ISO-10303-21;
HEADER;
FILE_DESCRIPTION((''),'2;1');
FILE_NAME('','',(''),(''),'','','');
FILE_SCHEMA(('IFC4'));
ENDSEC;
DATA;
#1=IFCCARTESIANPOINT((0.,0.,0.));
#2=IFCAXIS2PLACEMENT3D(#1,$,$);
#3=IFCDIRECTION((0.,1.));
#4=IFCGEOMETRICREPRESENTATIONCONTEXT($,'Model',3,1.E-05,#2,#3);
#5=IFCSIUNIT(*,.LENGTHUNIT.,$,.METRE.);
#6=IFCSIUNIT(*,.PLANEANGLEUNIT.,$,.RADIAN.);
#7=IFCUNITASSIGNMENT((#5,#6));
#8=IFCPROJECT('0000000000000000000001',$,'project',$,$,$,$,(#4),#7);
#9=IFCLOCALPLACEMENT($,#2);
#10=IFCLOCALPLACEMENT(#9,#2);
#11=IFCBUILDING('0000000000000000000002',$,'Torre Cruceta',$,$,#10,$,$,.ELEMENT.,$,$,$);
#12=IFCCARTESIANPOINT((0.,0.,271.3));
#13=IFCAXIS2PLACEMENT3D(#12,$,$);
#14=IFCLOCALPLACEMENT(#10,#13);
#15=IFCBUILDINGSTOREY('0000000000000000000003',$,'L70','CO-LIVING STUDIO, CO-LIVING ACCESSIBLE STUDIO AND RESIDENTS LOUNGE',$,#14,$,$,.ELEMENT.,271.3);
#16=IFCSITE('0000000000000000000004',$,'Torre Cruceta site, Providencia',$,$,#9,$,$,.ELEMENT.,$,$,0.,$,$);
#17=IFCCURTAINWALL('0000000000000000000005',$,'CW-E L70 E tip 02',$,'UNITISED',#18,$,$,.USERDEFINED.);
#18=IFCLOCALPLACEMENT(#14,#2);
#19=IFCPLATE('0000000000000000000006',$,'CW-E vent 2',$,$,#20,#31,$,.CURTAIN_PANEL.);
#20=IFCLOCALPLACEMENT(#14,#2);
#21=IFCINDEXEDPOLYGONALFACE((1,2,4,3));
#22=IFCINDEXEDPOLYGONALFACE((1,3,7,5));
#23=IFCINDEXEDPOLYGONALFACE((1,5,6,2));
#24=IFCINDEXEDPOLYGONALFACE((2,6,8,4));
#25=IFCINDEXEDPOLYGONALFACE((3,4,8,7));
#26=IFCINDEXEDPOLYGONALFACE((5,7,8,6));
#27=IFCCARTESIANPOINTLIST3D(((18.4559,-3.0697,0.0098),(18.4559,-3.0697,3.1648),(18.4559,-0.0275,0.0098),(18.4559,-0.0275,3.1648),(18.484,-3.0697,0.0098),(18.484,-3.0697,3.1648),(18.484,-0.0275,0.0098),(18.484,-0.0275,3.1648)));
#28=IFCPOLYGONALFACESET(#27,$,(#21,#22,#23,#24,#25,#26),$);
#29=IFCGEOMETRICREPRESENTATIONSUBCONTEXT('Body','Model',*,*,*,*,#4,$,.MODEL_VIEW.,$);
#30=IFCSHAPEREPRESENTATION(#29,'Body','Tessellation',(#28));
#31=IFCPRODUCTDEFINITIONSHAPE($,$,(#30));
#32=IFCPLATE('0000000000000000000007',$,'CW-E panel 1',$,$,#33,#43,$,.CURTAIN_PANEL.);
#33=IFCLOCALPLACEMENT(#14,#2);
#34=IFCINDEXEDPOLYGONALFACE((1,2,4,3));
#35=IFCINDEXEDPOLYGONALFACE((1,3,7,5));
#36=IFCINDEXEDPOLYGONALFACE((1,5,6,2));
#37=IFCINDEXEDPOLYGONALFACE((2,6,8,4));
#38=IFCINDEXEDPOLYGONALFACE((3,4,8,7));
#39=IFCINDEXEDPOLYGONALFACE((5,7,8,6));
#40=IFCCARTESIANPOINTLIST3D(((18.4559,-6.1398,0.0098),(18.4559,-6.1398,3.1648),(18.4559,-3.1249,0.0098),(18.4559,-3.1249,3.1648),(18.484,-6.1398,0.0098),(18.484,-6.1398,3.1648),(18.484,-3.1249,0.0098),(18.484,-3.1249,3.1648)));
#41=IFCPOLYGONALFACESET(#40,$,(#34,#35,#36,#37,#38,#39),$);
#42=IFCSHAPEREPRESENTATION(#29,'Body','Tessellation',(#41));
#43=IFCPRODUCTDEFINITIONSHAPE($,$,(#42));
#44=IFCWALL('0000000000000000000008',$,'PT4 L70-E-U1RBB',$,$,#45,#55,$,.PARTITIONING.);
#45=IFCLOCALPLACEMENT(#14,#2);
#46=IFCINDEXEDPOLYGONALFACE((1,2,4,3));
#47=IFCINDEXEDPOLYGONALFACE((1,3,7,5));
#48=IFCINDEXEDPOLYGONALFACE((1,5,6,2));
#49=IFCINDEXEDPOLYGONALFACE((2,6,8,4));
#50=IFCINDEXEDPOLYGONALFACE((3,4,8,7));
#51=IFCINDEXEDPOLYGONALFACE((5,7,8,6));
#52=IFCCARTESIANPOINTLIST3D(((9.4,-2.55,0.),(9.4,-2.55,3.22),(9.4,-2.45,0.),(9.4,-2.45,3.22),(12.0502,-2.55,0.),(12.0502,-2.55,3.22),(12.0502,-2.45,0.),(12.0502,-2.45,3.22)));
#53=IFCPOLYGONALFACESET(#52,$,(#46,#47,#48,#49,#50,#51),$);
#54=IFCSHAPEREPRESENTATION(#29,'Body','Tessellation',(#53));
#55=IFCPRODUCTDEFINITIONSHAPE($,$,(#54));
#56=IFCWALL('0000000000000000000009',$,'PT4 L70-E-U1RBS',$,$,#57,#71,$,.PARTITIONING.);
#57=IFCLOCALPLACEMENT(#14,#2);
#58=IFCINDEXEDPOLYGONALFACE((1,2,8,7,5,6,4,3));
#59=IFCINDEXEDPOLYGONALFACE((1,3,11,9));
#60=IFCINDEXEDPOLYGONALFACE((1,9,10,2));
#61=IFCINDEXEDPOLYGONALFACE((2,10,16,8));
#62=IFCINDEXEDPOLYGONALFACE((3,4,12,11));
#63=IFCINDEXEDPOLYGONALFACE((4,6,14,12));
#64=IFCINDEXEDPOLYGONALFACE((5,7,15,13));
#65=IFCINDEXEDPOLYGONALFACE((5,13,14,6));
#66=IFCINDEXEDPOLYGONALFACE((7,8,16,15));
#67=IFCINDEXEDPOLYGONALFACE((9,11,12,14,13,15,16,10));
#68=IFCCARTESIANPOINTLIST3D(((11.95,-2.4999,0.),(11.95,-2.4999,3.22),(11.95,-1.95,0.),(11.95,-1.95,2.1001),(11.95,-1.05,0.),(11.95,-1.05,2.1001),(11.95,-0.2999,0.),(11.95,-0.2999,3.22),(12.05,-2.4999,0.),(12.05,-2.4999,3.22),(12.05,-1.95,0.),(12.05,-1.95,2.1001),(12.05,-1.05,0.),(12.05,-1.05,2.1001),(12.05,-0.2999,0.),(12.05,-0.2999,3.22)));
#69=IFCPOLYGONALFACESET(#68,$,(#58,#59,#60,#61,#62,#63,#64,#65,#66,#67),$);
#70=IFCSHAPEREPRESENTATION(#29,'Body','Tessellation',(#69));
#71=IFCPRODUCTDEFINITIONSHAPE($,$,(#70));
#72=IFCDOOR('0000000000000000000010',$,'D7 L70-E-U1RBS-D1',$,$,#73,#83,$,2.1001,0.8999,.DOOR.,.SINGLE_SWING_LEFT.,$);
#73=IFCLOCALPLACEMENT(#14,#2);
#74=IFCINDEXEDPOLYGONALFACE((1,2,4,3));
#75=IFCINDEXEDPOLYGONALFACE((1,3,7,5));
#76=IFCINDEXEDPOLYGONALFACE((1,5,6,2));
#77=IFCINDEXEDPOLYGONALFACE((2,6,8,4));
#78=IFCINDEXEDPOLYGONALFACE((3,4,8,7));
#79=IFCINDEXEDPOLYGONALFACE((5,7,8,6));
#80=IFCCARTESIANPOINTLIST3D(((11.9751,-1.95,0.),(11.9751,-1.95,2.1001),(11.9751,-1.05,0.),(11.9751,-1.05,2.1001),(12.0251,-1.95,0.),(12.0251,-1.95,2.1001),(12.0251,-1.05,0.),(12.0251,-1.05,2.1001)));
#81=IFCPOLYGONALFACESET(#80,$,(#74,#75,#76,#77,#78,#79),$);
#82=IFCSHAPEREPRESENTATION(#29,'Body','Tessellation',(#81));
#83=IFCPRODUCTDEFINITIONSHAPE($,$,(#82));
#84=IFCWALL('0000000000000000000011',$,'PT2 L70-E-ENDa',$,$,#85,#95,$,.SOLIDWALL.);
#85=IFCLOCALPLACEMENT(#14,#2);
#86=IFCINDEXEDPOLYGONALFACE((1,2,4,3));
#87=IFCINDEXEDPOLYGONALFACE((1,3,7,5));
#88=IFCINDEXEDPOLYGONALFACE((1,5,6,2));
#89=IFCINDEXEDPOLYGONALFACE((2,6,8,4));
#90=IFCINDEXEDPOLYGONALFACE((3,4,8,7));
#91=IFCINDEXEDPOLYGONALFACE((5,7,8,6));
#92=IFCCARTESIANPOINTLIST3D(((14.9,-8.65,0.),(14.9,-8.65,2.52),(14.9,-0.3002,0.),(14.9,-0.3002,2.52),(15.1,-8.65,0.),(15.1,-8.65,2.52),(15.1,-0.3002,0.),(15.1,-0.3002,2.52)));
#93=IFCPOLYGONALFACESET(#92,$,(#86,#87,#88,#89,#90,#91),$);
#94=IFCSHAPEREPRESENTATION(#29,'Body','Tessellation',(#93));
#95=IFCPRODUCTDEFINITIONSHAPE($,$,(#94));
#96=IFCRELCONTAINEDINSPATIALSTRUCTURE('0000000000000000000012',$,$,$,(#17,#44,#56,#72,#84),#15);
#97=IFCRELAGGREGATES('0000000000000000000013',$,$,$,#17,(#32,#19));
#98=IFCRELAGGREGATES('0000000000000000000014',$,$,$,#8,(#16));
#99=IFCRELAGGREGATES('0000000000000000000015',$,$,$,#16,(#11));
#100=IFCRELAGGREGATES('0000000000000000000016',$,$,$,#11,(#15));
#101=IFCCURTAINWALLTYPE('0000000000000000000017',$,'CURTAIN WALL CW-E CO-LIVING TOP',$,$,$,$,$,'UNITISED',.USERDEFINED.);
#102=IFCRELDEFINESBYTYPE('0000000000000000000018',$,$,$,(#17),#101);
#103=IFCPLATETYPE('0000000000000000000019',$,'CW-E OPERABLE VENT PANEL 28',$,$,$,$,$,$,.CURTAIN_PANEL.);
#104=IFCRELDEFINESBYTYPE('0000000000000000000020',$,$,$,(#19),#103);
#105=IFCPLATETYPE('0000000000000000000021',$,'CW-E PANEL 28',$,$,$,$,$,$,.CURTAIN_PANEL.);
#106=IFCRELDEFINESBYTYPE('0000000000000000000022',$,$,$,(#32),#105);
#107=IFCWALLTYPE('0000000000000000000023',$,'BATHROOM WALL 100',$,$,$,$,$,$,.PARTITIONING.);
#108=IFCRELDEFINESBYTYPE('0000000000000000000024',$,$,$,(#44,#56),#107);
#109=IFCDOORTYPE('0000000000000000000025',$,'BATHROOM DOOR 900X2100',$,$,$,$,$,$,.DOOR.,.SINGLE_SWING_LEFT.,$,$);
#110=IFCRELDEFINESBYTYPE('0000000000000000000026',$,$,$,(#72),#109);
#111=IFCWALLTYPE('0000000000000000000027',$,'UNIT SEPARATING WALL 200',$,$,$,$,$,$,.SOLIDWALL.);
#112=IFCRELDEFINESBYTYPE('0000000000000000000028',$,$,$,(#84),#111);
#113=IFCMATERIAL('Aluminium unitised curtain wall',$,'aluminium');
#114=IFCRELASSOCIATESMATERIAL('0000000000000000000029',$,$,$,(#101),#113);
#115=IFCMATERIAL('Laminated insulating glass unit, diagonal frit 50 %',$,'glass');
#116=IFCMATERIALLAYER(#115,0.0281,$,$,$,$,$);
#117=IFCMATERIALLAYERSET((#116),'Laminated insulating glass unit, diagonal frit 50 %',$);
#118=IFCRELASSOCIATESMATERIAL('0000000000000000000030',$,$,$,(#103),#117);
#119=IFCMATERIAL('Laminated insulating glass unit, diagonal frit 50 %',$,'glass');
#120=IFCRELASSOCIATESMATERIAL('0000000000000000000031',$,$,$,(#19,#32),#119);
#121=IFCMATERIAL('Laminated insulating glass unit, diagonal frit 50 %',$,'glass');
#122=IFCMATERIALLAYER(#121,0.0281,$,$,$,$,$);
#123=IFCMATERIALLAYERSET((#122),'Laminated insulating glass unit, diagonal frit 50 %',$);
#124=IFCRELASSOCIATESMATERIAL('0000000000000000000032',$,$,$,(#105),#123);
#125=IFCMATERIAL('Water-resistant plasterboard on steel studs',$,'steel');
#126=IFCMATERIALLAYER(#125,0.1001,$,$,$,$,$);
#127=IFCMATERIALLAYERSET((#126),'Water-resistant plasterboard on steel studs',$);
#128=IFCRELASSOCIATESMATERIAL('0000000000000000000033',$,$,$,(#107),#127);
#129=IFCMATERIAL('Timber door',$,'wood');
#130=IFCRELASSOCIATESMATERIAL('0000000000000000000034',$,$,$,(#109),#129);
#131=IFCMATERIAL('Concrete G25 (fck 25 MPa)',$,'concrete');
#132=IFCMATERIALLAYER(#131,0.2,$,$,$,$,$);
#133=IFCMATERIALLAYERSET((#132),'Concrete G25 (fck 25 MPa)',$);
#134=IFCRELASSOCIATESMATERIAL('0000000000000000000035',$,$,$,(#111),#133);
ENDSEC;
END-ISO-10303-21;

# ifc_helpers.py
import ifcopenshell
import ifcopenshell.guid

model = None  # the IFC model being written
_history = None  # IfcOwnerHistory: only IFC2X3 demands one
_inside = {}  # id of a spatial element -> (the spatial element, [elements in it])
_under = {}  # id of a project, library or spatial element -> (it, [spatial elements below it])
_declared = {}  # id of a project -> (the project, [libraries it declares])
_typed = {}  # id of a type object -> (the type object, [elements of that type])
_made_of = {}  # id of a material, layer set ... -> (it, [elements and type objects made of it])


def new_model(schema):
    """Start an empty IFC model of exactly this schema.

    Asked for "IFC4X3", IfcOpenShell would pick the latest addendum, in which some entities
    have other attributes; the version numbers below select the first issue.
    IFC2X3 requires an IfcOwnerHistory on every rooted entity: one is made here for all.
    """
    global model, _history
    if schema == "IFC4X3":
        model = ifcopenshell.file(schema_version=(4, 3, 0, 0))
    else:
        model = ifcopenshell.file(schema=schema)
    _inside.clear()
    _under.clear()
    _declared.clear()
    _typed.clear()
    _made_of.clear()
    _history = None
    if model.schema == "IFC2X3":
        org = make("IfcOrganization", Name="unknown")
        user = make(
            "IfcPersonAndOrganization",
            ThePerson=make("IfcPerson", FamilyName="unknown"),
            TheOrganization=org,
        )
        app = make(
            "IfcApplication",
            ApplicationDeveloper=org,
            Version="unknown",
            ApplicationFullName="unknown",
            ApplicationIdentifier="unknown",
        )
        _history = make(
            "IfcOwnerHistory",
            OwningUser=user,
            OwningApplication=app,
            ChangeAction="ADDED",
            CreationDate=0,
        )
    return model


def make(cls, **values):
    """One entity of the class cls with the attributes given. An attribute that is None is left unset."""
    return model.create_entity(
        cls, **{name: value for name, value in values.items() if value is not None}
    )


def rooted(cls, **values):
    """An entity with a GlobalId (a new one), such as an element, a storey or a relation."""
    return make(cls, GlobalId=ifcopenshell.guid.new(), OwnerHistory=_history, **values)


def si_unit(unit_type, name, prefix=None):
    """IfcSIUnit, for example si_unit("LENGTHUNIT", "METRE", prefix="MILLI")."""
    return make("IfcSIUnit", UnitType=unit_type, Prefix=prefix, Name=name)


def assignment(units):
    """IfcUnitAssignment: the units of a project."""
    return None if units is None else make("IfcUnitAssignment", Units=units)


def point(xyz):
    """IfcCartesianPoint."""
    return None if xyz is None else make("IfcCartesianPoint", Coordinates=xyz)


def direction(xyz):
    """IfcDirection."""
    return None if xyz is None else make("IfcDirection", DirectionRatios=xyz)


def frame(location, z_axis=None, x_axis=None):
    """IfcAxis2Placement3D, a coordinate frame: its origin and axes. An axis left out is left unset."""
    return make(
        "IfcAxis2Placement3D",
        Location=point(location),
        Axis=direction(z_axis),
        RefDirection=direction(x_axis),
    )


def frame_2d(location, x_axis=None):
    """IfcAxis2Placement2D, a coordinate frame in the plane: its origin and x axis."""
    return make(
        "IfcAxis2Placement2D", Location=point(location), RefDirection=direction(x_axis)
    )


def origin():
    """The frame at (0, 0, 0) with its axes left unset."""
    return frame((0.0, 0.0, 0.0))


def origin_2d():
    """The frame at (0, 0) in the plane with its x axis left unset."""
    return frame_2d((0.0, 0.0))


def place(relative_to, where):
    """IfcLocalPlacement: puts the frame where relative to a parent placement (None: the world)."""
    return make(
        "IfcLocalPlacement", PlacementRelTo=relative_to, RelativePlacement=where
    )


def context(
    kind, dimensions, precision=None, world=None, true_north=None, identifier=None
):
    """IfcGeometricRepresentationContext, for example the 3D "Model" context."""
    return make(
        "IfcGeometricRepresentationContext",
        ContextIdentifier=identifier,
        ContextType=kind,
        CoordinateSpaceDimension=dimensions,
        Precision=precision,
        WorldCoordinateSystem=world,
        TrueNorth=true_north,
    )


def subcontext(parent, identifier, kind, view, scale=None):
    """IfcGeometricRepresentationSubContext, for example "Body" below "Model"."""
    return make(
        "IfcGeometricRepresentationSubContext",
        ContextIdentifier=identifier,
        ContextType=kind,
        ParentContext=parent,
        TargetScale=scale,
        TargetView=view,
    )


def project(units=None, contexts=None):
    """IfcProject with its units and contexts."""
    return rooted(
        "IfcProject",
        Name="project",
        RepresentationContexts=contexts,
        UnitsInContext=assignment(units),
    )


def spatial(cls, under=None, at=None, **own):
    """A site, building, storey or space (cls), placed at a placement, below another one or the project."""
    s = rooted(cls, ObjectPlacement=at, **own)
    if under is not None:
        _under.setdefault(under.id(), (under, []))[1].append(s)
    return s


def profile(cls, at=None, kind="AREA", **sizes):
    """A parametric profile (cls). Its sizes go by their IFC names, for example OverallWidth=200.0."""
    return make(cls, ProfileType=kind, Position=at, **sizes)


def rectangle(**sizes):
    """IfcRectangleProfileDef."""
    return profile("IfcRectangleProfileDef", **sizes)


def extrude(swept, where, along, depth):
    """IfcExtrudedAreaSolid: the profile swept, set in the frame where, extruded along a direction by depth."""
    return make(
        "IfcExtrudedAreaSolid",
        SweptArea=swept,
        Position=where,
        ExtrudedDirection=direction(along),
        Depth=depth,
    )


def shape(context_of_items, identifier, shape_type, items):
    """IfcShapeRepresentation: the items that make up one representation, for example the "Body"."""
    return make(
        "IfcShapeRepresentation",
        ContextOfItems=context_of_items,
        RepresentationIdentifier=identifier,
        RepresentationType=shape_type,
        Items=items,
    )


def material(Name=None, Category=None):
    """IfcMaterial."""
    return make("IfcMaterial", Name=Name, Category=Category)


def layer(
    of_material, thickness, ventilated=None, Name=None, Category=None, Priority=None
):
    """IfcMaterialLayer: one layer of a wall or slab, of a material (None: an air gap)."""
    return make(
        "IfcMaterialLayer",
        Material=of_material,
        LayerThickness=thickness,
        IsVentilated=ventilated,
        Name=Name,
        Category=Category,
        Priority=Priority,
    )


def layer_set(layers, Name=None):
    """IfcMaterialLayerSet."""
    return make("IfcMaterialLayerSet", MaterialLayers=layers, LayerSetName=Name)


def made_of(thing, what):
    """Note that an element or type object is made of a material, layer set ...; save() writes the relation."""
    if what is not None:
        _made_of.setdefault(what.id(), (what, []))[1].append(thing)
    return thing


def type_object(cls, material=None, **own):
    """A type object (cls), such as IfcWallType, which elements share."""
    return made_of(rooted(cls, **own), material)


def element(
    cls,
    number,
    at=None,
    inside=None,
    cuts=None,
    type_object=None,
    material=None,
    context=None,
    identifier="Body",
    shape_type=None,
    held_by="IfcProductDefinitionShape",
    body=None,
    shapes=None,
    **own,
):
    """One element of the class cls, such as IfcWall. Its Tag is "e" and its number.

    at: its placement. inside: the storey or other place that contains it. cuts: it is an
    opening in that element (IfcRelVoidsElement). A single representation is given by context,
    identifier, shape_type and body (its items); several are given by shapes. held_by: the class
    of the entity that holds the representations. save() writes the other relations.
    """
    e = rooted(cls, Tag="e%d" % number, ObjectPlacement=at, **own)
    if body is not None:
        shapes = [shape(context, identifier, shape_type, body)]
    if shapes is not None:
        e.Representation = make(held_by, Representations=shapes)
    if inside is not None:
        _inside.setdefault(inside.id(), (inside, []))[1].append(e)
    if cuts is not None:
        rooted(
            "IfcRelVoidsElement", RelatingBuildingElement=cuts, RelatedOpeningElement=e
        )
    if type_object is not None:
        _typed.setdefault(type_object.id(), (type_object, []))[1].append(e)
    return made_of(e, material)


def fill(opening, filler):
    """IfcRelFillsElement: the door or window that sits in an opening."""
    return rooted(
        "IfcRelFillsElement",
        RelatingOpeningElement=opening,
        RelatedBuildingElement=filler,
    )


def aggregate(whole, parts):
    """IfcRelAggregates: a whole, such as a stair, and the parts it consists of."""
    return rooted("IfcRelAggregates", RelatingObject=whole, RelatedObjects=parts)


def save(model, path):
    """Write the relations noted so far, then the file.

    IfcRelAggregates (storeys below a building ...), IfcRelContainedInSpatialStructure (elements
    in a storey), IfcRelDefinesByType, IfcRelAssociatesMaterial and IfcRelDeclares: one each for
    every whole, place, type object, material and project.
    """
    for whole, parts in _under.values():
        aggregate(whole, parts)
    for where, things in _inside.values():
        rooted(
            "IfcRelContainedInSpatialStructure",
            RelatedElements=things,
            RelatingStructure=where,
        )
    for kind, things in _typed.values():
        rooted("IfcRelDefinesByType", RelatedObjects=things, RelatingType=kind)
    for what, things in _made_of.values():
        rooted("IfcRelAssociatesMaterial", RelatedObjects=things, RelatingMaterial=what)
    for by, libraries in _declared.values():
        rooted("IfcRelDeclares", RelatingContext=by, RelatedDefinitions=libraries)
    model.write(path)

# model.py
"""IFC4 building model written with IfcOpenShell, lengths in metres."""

from ifc_helpers import new_model, si_unit, direction, frame, frame_2d, origin, origin_2d, place, context, subcontext, project, spatial, rectangle, extrude, material, layer, layer_set, type_object, element, fill, aggregate, save


model = new_model("IFC4")

# Units and contexts
model_context = context("Model", 3, precision=1e-05, world=origin(), true_north=direction((0.0, 1.0)))
body_context = subcontext(model_context, "Body", "Model", "MODEL_VIEW")
ifc_project = project(units=[si_unit("LENGTHUNIT", "METRE"), si_unit("PLANEANGLEUNIT", "RADIAN")], contexts=[model_context])

# Site, building, storey
site_placement = place(None, origin())
site = spatial("IfcSite", under=ifc_project, at=site_placement, Name="Torre Cruceta site, Providencia", CompositionType="ELEMENT", RefElevation=0.0)
building_placement = place(site_placement, origin())
building = spatial("IfcBuilding", under=site, at=building_placement, Name="Torre Cruceta", CompositionType="ELEMENT")
storey_placement = place(building_placement, frame((0.0, 0.0, 271.3)))
storey = spatial("IfcBuildingStorey", under=building, at=storey_placement, Name="L70", Description="CO-LIVING STUDIO, CO-LIVING ACCESSIBLE STUDIO AND RESIDENTS LOUNGE", CompositionType="ELEMENT", Elevation=271.3)

# Curtain wall
ifc_material_1 = material(Name="Aluminium unitised curtain wall", Category="aluminium")
curtain_wall_type = type_object("IfcCurtainWallType", Name="CURTAIN WALL CW-E CO-LIVING TOP", ElementType="UNITISED", PredefinedType="USERDEFINED", material=ifc_material_1)
curtain_wall_placement = place(storey_placement, origin())
curtain_wall = element("IfcCurtainWall", 1, at=curtain_wall_placement, inside=storey, type_object=curtain_wall_type, Name="CW-E L70 E tip 02", ObjectType="UNITISED", PredefinedType="USERDEFINED")

# Plates
ifc_material_2 = material(Name="Laminated insulating glass unit, diagonal frit 50 %", Category="glass")
ifc_material_3 = material(Name="Laminated insulating glass unit, diagonal frit 50 %", Category="glass")
ifc_layer_1 = layer(ifc_material_3, 0.0281)
ifc_layer_set_1 = layer_set([ifc_layer_1], Name="Laminated insulating glass unit, diagonal frit 50 %")
plate_type_1 = type_object("IfcPlateType", Name="CW-E OPERABLE VENT PANEL 28", PredefinedType="CURTAIN_PANEL", material=ifc_layer_set_1)
plate_1_placement = place(storey_placement, frame((18.47, -1.5486, 0.0098), z_axis=(0.0, 0.0, 1.0), x_axis=(0.0, 1.0, 0.0)))
plate_1 = element("IfcPlate", 2, at=plate_1_placement, type_object=plate_type_1, material=ifc_material_2, Name="CW-E vent 2", PredefinedType="CURTAIN_PANEL", context=body_context, shape_type="SweptSolid", body=[
    extrude(rectangle(XDim=3.0422, YDim=0.0281, at=origin_2d()), origin(), (0.0, 0.0, 1.0), 3.155),
])
ifc_material_4 = material(Name="Laminated insulating glass unit, diagonal frit 50 %", Category="glass")
ifc_layer_2 = layer(ifc_material_4, 0.0281)
ifc_layer_set_2 = layer_set([ifc_layer_2], Name="Laminated insulating glass unit, diagonal frit 50 %")
plate_type_2 = type_object("IfcPlateType", Name="CW-E PANEL 28", PredefinedType="CURTAIN_PANEL", material=ifc_layer_set_2)
plate_2_placement = place(storey_placement, frame((18.47, -4.6323, 0.0098), z_axis=(0.0, 0.0, 1.0), x_axis=(0.0, 1.0, 0.0)))
plate_2 = element("IfcPlate", 3, at=plate_2_placement, type_object=plate_type_2, material=ifc_material_2, Name="CW-E panel 1", PredefinedType="CURTAIN_PANEL", context=body_context, shape_type="SweptSolid", body=[
    extrude(rectangle(XDim=3.0149, YDim=0.0281, at=origin_2d()), origin(), (0.0, 0.0, 1.0), 3.155),
])
aggregate(curtain_wall, [plate_2, plate_1])

# Wall
ifc_material_5 = material(Name="Water-resistant plasterboard on steel studs", Category="steel")
ifc_layer_3 = layer(ifc_material_5, 0.1001)
ifc_layer_set_3 = layer_set([ifc_layer_3], Name="Water-resistant plasterboard on steel studs")
wall_type_1 = type_object("IfcWallType", Name="BATHROOM WALL 100", PredefinedType="PARTITIONING", material=ifc_layer_set_3)
wall_1_placement = place(storey_placement, frame((9.3999, -2.5, 0.0), z_axis=(0.0, 0.0, 1.0), x_axis=(1.0, 0.0, 0.0)))
element("IfcWall", 4, at=wall_1_placement, inside=storey, type_object=wall_type_1, Name="PT4 L70-E-U1RBB", PredefinedType="PARTITIONING", context=body_context, shape_type="SweptSolid", body=[
    extrude(rectangle(XDim=2.6501, YDim=0.1001, at=frame_2d((1.3252, 0.0))), origin(), (0.0, 0.0, 1.0), 3.22),
])

# Wall, opening, door
wall_2_placement = place(storey_placement, frame((12.0, -2.5, 0.0), z_axis=(0.0, 0.0, 1.0), x_axis=(0.0, 1.0, 0.0)))
wall_2 = element("IfcWall", 5, at=wall_2_placement, inside=storey, type_object=wall_type_1, Name="PT4 L70-E-U1RBS", PredefinedType="PARTITIONING", context=body_context, shape_type="SweptSolid", body=[
    extrude(rectangle(XDim=2.2, YDim=0.1001, at=frame_2d((1.1001, 0.0))), origin(), (0.0, 0.0, 1.0), 3.22),
])
opening_placement = place(wall_2_placement, frame((0.55, 0.0, 0.0)))
opening = element("IfcOpeningElement", 6, at=opening_placement, cuts=wall_2, PredefinedType="OPENING", context=body_context, shape_type="SweptSolid", body=[
    extrude(rectangle(XDim=0.8999, YDim=2.1001, at=frame_2d((0.45, 1.05))), frame((0.0, 0.0601, 0.0), z_axis=(0.0, -1.0, 0.0), x_axis=(1.0, 0.0, 0.0)), (0.0, 0.0, 1.0), 0.1201),
])
ifc_material_6 = material(Name="Timber door", Category="wood")
door_type = type_object("IfcDoorType", Name="BATHROOM DOOR 900X2100", OperationType="SINGLE_SWING_LEFT", PredefinedType="DOOR", material=ifc_material_6)
door_placement = place(opening_placement, origin())
door = element("IfcDoor", 7, at=door_placement, inside=storey, type_object=door_type, Name="D7 L70-E-U1RBS-D1", OperationType="SINGLE_SWING_LEFT", OverallHeight=2.1001, OverallWidth=0.8999, PredefinedType="DOOR", context=body_context, shape_type="SweptSolid", body=[
    extrude(rectangle(XDim=0.8999, YDim=2.1001, at=frame_2d((0.45, 1.05))), frame((0.0, 0.0249, 0.0), z_axis=(0.0, -1.0, 0.0), x_axis=(1.0, 0.0, 0.0)), (0.0, 0.0, 1.0), 0.05),
])
fill(opening, door)

# Wall
ifc_material_7 = material(Name="Concrete G25 (fck 25 MPa)", Category="concrete")
ifc_layer_4 = layer(ifc_material_7, 0.2)
ifc_layer_set_4 = layer_set([ifc_layer_4], Name="Concrete G25 (fck 25 MPa)")
wall_type_2 = type_object("IfcWallType", Name="UNIT SEPARATING WALL 200", PredefinedType="SOLIDWALL", material=ifc_layer_set_4)
wall_3_placement = place(storey_placement, frame((15.0, -8.6499, 0.0), z_axis=(0.0, 0.0, 1.0), x_axis=(0.0, 1.0, 0.0)))
element("IfcWall", 8, at=wall_3_placement, inside=storey, type_object=wall_type_2, Name="PT2 L70-E-ENDa", PredefinedType="SOLIDWALL", context=body_context, shape_type="SweptSolid", body=[
    extrude(rectangle(XDim=8.3499, YDim=0.2, at=frame_2d((4.1748, 0.0))), origin(), (0.0, 0.0, 1.0), 2.52),
])

save(model, "model.ifc")
